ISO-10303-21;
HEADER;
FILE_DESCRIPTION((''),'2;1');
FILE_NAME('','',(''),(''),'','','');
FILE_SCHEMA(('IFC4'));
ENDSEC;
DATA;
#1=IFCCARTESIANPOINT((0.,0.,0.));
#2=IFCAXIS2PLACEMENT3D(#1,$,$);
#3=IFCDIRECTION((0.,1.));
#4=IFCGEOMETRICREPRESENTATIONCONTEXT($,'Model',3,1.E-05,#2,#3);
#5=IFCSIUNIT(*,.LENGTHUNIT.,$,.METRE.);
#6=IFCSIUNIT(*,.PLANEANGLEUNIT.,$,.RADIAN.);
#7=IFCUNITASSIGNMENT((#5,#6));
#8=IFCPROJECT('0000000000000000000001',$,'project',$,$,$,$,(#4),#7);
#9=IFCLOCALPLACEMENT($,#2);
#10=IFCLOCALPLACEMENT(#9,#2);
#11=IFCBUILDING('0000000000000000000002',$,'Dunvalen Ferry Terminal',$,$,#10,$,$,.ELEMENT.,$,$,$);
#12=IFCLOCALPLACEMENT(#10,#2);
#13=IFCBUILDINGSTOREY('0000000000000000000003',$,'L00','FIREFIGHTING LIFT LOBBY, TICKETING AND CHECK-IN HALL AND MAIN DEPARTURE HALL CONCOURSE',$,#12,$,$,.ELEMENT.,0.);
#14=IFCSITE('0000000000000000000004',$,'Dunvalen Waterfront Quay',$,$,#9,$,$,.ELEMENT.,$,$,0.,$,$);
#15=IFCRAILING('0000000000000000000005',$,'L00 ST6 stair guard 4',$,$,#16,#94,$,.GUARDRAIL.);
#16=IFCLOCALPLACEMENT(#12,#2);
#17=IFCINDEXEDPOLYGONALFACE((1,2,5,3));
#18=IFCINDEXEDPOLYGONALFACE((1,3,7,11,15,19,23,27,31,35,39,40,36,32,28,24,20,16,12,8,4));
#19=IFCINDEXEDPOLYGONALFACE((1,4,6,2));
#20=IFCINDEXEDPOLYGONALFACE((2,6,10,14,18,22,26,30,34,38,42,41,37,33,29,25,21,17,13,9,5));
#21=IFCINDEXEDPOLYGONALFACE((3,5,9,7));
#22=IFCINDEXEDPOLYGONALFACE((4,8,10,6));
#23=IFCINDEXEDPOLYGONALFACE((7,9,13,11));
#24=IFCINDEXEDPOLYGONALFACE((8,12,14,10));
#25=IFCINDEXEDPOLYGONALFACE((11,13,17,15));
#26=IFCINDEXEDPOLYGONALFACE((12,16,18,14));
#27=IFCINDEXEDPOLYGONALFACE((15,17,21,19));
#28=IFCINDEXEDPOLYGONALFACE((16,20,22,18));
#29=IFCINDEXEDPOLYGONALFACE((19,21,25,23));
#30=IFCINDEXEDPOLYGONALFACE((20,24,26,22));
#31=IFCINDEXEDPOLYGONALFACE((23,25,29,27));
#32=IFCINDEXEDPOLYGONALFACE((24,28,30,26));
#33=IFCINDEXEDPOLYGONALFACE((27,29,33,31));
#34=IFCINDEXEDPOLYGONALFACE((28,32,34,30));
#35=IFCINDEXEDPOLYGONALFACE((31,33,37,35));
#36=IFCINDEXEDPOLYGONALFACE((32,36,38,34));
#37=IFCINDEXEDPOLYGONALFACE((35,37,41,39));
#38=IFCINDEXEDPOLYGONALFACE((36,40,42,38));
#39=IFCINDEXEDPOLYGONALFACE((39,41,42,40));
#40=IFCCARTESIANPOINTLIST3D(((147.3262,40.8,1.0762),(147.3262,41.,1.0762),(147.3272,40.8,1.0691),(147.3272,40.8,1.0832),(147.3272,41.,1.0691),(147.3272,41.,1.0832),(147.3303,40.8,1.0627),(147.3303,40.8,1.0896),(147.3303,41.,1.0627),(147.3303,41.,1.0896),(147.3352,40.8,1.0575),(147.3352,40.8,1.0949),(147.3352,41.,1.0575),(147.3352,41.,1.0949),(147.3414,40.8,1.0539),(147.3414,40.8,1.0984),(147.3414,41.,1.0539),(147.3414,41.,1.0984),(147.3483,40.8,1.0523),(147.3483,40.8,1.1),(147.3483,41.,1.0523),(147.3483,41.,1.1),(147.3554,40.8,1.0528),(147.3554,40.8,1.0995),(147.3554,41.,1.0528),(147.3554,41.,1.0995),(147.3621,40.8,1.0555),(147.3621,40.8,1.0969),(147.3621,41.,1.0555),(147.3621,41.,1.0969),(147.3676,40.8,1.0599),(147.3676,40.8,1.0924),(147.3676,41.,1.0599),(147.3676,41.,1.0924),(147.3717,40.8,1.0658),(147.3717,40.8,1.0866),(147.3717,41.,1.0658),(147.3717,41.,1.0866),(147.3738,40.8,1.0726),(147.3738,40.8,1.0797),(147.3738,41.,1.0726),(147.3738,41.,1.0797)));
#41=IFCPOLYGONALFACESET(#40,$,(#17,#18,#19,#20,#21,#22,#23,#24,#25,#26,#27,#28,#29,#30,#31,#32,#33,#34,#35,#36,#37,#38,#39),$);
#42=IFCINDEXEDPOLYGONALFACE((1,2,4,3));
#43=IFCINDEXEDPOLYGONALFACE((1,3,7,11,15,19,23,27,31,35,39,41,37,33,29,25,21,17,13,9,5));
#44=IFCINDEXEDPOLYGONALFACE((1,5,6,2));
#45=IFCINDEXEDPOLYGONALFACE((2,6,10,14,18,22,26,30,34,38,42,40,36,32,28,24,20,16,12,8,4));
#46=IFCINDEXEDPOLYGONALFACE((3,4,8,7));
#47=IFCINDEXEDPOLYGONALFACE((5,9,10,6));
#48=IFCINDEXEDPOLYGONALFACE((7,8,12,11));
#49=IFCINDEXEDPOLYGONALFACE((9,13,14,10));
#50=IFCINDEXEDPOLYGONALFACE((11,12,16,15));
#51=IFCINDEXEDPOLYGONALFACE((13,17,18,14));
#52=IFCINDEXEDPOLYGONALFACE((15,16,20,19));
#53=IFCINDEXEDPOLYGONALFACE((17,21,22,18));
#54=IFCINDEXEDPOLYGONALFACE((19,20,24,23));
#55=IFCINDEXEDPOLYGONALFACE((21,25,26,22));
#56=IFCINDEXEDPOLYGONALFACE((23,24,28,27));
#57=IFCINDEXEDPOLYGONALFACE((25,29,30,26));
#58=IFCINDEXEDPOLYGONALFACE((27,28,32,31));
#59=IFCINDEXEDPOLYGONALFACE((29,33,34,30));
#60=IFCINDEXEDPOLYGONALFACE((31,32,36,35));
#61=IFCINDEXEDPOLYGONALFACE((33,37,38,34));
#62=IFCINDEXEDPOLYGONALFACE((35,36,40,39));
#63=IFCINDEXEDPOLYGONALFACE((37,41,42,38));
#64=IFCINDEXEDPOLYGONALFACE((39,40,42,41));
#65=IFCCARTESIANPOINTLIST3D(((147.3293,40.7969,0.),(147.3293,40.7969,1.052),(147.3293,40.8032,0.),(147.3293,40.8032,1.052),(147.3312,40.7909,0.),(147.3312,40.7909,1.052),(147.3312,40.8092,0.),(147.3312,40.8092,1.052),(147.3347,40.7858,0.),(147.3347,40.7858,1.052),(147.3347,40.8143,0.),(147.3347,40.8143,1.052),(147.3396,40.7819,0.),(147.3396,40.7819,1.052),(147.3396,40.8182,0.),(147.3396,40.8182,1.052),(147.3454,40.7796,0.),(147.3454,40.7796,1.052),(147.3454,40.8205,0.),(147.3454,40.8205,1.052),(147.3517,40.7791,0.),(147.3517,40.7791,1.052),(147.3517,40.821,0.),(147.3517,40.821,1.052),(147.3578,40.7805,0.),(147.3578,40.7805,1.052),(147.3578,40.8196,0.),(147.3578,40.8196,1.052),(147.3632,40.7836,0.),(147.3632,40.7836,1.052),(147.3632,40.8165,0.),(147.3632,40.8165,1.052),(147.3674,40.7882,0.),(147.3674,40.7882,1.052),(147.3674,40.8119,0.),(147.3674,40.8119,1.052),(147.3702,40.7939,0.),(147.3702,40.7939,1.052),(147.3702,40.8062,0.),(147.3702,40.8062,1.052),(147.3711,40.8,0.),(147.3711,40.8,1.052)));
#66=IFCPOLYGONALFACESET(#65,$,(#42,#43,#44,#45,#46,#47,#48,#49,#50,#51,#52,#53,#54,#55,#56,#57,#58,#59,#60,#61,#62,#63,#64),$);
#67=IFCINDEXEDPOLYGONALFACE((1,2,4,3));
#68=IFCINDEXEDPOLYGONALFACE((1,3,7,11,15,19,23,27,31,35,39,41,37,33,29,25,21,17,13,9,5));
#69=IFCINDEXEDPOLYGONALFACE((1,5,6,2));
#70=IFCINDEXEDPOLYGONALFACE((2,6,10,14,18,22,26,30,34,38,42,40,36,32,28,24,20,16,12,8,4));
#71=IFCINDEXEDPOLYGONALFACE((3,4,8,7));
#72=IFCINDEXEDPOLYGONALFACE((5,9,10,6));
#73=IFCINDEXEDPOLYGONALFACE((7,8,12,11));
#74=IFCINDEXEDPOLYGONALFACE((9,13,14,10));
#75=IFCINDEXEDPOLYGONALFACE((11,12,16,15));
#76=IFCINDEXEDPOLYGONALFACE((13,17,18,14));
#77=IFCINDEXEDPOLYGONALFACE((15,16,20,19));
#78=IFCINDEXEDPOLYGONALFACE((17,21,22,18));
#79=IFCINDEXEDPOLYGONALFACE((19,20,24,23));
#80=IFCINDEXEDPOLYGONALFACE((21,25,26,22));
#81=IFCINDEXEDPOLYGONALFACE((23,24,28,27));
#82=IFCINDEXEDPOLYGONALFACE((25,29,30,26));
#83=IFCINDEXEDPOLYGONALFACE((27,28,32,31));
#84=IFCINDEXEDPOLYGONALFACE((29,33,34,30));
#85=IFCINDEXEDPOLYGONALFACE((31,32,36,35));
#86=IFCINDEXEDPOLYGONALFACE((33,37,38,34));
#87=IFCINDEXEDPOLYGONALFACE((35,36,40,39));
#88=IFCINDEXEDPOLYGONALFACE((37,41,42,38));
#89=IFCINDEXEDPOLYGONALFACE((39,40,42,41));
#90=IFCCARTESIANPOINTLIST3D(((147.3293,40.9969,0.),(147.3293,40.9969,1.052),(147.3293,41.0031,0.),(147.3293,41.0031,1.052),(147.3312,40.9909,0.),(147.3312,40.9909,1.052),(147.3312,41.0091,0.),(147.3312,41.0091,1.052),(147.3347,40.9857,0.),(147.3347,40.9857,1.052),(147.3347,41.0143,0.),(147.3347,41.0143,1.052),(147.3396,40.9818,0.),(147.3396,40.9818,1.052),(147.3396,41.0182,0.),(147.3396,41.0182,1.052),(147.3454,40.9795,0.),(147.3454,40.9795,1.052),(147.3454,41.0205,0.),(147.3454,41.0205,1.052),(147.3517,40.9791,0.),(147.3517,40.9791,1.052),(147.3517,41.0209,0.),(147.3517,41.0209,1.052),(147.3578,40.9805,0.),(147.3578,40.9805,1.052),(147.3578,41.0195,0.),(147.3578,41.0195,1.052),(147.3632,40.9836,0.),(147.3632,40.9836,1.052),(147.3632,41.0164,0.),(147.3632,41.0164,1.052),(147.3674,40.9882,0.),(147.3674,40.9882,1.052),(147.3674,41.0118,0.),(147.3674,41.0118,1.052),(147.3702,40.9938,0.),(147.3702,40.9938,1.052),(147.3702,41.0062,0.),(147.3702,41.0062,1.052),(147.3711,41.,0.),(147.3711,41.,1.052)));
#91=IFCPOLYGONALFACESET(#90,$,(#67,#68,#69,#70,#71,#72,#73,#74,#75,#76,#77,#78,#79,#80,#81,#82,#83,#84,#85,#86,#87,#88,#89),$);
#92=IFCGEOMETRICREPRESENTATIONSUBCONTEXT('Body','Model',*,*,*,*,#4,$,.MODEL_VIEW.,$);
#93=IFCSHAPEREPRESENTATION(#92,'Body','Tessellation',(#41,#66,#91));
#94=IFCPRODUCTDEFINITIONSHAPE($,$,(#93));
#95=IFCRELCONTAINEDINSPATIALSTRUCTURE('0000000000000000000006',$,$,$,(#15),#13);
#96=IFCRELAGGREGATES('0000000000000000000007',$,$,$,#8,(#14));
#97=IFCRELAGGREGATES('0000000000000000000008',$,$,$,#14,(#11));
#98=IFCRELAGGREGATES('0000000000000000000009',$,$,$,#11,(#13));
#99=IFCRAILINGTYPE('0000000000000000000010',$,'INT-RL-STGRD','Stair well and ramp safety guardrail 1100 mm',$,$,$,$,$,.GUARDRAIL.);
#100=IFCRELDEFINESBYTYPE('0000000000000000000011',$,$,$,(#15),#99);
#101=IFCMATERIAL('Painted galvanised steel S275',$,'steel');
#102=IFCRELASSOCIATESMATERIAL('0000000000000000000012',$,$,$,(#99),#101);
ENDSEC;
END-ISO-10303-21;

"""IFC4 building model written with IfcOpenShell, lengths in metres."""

from ifc_helpers import new_model, si_unit, direction, frame, origin, origin_2d, place, context, subcontext, project, spatial, circle, extrude, material, type_object, element, save


model = new_model("IFC4")

# Units and contexts
model_context = context("Model", 3, precision=1e-05, world=origin(), true_north=direction((0.0, 1.0)))
body_context = subcontext(model_context, "Body", "Model", "MODEL_VIEW")
ifc_project = project(units=[si_unit("LENGTHUNIT", "METRE"), si_unit("PLANEANGLEUNIT", "RADIAN")], contexts=[model_context])

# Site, building, storey
site_placement = place(None, origin())
site = spatial("IfcSite", under=ifc_project, at=site_placement, Name="Dunvalen Waterfront Quay", CompositionType="ELEMENT", RefElevation=0.0)
building_placement = place(site_placement, origin())
building = spatial("IfcBuilding", under=site, at=building_placement, Name="Dunvalen Ferry Terminal", CompositionType="ELEMENT")
storey_placement = place(building_placement, origin())
storey = spatial("IfcBuildingStorey", under=building, at=storey_placement, Name="L00", Description="FIREFIGHTING LIFT LOBBY, TICKETING AND CHECK-IN HALL AND MAIN DEPARTURE HALL CONCOURSE", CompositionType="ELEMENT", Elevation=0.0)

# Railing
ifc_material_1 = material(Name="Painted galvanised steel S275", Category="steel")
railing_type_1 = type_object("IfcRailingType", Name="INT-RL-STGRD", Description="Stair well and ramp safety guardrail 1100 mm", PredefinedType="GUARDRAIL", material=ifc_material_1)
railing_1_placement = place(storey_placement, frame((147.3501, 40.8, 0.0)))
element("IfcRailing", 1, at=railing_1_placement, inside=storey, type_object=railing_type_1, Name="L00 ST6 stair guard 4", PredefinedType="GUARDRAIL", context=body_context, shape_type="SweptSolid", body=[
    extrude(circle(Radius=0.0239, at=origin_2d()), frame((0.0, 0.0, 1.0762), z_axis=(0.0, 1.0, 0.0), x_axis=(-1.0, 0.0, 0.0)), (0.0, 0.0, 1.0), 0.2),
    extrude(circle(Radius=0.021, at=origin_2d()), origin(), (0.0, 0.0, 1.0), 1.052),
    extrude(circle(Radius=0.021, at=origin_2d()), frame((0.0, 0.2, 0.0)), (0.0, 0.0, 1.0), 1.052),
])

save(model, "model.ifc")
